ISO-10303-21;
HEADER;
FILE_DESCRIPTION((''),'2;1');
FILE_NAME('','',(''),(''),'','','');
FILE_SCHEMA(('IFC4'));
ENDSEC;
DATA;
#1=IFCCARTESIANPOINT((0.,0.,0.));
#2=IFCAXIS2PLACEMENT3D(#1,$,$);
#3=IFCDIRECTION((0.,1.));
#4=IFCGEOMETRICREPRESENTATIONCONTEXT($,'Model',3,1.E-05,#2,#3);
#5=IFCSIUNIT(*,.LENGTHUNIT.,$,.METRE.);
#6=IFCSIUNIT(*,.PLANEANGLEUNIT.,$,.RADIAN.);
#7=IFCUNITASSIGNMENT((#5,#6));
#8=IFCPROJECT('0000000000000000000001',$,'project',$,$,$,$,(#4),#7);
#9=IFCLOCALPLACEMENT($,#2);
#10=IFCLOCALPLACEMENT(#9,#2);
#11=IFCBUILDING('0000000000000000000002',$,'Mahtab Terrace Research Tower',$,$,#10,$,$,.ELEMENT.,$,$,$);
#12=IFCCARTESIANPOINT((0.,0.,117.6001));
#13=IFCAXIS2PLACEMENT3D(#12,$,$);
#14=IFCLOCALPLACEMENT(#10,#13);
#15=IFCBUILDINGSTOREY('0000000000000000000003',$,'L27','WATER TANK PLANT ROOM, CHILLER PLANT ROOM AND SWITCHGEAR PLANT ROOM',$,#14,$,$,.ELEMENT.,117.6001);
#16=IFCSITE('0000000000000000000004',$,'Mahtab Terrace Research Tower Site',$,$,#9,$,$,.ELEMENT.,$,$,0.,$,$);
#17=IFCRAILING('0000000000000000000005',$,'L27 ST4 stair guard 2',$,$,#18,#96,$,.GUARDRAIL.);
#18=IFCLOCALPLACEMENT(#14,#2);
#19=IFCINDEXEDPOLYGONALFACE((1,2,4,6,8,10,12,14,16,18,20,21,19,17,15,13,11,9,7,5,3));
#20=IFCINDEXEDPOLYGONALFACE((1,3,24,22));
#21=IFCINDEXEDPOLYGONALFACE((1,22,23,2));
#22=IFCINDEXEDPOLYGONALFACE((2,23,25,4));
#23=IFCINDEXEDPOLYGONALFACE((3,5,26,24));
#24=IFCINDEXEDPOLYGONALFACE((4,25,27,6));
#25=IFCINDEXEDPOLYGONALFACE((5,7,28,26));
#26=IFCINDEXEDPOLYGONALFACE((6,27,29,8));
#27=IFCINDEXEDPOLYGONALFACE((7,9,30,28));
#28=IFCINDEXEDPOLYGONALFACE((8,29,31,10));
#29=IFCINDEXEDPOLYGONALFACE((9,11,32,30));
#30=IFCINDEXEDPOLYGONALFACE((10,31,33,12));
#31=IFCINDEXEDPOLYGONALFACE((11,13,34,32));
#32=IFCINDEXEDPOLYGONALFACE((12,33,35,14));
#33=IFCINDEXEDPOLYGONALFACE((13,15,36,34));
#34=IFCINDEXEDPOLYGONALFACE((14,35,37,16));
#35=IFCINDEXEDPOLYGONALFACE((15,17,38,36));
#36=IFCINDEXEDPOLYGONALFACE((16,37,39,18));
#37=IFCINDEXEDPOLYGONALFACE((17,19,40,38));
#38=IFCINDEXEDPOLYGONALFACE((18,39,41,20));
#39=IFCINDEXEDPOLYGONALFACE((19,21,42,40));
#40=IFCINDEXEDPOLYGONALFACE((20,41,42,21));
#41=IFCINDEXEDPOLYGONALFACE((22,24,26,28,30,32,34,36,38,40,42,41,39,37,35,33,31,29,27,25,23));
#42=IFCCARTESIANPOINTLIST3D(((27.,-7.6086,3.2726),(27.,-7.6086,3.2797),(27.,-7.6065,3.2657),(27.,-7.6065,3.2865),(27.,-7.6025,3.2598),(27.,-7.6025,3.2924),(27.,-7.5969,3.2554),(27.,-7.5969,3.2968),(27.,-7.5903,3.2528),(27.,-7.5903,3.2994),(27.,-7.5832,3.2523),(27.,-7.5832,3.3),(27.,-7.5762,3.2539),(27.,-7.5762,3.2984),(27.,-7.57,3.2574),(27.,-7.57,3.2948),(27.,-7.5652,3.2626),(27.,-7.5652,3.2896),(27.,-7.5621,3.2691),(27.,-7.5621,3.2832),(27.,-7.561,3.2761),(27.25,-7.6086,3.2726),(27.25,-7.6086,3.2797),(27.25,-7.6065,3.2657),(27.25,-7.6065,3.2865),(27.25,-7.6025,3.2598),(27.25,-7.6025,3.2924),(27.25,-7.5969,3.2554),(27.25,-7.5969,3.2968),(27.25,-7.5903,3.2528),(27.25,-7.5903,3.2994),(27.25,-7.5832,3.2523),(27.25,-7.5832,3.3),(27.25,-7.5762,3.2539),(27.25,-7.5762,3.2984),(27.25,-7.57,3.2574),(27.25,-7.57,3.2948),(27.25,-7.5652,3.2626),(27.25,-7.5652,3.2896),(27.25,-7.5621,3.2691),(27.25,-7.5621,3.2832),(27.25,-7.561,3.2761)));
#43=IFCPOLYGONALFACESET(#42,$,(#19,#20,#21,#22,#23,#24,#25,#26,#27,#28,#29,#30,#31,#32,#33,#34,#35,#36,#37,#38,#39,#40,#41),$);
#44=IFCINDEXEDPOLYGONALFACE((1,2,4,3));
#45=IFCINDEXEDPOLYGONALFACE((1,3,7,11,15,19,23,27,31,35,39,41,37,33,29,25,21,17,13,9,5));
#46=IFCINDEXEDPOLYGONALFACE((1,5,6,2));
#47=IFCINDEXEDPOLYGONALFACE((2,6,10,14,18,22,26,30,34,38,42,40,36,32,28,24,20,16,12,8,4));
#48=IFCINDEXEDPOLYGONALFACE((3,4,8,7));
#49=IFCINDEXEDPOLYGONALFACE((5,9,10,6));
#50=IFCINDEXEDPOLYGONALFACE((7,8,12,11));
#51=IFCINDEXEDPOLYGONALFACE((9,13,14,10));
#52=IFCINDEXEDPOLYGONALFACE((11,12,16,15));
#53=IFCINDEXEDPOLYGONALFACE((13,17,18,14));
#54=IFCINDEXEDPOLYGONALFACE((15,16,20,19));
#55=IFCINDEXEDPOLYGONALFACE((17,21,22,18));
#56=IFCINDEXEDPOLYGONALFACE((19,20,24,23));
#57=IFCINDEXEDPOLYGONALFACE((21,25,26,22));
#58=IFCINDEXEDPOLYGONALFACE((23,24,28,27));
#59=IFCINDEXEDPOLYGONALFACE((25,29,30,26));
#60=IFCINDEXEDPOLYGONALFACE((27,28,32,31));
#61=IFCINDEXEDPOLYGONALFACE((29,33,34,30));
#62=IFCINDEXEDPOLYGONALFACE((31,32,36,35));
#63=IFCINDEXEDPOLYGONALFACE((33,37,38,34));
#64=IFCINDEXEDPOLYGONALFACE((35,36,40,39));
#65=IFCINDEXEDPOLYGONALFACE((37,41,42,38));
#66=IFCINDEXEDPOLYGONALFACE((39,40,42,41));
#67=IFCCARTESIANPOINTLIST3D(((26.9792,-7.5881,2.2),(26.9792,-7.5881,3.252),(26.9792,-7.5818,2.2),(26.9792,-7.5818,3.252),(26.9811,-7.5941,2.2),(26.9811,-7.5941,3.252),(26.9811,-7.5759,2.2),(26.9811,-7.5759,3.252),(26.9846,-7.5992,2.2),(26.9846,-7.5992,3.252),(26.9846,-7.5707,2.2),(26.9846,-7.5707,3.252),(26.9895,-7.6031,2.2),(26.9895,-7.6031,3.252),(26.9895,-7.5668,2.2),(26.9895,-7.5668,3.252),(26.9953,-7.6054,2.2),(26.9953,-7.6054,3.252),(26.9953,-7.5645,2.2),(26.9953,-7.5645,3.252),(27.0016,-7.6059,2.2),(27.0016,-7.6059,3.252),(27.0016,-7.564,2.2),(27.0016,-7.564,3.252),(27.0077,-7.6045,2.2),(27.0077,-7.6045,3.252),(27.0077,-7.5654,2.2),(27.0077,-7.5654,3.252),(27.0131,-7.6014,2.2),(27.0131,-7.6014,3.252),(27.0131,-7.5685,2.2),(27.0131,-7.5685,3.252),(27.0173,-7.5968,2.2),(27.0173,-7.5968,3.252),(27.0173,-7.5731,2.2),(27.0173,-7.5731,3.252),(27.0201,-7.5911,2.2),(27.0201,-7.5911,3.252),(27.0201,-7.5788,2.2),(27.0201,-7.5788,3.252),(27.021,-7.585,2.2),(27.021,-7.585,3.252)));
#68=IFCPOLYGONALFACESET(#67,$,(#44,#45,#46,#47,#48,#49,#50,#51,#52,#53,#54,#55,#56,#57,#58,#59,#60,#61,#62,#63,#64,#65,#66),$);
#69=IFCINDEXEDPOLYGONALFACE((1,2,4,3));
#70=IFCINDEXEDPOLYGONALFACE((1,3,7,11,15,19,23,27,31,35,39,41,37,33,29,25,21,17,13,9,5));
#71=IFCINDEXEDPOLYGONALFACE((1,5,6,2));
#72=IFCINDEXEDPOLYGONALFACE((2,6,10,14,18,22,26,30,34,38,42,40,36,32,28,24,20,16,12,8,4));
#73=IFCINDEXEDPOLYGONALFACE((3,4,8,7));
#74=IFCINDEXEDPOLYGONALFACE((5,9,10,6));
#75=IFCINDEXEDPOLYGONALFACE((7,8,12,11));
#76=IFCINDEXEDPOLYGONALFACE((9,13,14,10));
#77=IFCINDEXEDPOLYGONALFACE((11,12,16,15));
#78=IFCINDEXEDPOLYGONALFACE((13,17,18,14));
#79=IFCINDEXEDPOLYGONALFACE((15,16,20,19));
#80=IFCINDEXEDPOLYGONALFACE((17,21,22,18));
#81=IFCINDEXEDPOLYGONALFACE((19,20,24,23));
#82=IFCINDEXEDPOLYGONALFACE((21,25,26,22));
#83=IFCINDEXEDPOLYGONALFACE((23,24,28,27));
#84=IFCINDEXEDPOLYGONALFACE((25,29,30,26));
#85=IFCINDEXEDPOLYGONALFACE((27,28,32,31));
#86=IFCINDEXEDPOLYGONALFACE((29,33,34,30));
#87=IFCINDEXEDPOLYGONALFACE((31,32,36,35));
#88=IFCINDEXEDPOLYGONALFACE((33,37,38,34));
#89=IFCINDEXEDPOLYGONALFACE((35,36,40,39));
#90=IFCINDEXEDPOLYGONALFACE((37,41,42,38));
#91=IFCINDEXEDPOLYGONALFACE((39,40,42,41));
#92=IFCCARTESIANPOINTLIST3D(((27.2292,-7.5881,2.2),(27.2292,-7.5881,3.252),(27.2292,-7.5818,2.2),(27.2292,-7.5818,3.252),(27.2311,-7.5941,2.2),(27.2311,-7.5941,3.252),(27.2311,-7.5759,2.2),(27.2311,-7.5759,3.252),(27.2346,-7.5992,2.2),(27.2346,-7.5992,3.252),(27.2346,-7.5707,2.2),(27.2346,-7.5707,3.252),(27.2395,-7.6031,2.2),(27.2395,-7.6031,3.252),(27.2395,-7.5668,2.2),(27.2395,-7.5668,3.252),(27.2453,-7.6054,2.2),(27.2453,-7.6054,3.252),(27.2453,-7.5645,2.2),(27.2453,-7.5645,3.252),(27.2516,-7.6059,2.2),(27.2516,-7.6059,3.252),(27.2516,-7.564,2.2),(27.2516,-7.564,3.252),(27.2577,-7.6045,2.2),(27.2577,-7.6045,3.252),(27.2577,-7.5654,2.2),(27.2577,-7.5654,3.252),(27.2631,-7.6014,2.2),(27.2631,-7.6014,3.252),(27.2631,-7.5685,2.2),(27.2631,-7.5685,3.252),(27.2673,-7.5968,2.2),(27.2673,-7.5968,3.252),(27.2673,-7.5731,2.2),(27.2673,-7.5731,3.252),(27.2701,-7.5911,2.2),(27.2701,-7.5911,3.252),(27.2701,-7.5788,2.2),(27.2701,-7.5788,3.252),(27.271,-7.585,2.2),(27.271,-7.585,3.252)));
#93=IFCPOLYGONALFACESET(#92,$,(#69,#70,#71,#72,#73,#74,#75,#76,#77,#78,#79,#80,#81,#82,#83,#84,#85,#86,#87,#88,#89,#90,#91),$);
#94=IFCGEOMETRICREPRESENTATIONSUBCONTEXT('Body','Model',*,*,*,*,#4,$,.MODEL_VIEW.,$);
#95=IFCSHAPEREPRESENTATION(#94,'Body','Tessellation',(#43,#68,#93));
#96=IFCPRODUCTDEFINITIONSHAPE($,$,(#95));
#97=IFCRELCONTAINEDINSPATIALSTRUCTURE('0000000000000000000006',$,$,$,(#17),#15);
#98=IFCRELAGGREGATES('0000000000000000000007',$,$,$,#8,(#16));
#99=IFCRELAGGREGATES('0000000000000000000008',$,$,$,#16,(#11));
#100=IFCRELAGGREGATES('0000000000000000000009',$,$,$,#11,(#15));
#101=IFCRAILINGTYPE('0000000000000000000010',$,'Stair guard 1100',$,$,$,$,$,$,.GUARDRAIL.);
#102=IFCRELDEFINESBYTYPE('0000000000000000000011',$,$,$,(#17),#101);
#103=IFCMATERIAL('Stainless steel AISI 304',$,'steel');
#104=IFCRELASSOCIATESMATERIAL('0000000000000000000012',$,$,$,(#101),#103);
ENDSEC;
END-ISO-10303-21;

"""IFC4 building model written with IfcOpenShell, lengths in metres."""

from ifc_helpers import new_model, si_unit, direction, frame, origin, origin_2d, place, context, subcontext, project, spatial, circle, extrude, material, type_object, element, save


model = new_model("IFC4")

# Units and contexts
model_context = context("Model", 3, precision=1e-05, world=origin(), true_north=direction((0.0, 1.0)))
body_context = subcontext(model_context, "Body", "Model", "MODEL_VIEW")
ifc_project = project(units=[si_unit("LENGTHUNIT", "METRE"), si_unit("PLANEANGLEUNIT", "RADIAN")], contexts=[model_context])

# Site, building, storey
site_placement = place(None, origin())
site = spatial("IfcSite", under=ifc_project, at=site_placement, Name="Mahtab Terrace Research Tower Site", CompositionType="ELEMENT", RefElevation=0.0)
building_placement = place(site_placement, origin())
building = spatial("IfcBuilding", under=site, at=building_placement, Name="Mahtab Terrace Research Tower", CompositionType="ELEMENT")
storey_placement = place(building_placement, frame((0.0, 0.0, 117.6001)))
storey = spatial("IfcBuildingStorey", under=building, at=storey_placement, Name="L27", Description="WATER TANK PLANT ROOM, CHILLER PLANT ROOM AND SWITCHGEAR PLANT ROOM", CompositionType="ELEMENT", Elevation=117.6001)

# Railing
ifc_material_1 = material(Name="Stainless steel AISI 304", Category="steel")
railing_type_1 = type_object("IfcRailingType", Name="Stair guard 1100", PredefinedType="GUARDRAIL", material=ifc_material_1)
railing_1_placement = place(storey_placement, frame((27.0, -7.585, 2.2)))
element("IfcRailing", 1, at=railing_1_placement, inside=storey, type_object=railing_type_1, Name="L27 ST4 stair guard 2", PredefinedType="GUARDRAIL", context=body_context, shape_type="SweptSolid", body=[
    extrude(circle(Radius=0.0239, at=origin_2d()), frame((0.0, 0.0, 1.0762), z_axis=(1.0, 0.0, 0.0), x_axis=(0.0, 1.0, 0.0)), (0.0, 0.0, 1.0), 0.25),
    extrude(circle(Radius=0.021, at=origin_2d()), origin(), (0.0, 0.0, 1.0), 1.052),
    extrude(circle(Radius=0.021, at=origin_2d()), frame((0.25, 0.0, 0.0)), (0.0, 0.0, 1.0), 1.052),
])

save(model, "model.ifc")
